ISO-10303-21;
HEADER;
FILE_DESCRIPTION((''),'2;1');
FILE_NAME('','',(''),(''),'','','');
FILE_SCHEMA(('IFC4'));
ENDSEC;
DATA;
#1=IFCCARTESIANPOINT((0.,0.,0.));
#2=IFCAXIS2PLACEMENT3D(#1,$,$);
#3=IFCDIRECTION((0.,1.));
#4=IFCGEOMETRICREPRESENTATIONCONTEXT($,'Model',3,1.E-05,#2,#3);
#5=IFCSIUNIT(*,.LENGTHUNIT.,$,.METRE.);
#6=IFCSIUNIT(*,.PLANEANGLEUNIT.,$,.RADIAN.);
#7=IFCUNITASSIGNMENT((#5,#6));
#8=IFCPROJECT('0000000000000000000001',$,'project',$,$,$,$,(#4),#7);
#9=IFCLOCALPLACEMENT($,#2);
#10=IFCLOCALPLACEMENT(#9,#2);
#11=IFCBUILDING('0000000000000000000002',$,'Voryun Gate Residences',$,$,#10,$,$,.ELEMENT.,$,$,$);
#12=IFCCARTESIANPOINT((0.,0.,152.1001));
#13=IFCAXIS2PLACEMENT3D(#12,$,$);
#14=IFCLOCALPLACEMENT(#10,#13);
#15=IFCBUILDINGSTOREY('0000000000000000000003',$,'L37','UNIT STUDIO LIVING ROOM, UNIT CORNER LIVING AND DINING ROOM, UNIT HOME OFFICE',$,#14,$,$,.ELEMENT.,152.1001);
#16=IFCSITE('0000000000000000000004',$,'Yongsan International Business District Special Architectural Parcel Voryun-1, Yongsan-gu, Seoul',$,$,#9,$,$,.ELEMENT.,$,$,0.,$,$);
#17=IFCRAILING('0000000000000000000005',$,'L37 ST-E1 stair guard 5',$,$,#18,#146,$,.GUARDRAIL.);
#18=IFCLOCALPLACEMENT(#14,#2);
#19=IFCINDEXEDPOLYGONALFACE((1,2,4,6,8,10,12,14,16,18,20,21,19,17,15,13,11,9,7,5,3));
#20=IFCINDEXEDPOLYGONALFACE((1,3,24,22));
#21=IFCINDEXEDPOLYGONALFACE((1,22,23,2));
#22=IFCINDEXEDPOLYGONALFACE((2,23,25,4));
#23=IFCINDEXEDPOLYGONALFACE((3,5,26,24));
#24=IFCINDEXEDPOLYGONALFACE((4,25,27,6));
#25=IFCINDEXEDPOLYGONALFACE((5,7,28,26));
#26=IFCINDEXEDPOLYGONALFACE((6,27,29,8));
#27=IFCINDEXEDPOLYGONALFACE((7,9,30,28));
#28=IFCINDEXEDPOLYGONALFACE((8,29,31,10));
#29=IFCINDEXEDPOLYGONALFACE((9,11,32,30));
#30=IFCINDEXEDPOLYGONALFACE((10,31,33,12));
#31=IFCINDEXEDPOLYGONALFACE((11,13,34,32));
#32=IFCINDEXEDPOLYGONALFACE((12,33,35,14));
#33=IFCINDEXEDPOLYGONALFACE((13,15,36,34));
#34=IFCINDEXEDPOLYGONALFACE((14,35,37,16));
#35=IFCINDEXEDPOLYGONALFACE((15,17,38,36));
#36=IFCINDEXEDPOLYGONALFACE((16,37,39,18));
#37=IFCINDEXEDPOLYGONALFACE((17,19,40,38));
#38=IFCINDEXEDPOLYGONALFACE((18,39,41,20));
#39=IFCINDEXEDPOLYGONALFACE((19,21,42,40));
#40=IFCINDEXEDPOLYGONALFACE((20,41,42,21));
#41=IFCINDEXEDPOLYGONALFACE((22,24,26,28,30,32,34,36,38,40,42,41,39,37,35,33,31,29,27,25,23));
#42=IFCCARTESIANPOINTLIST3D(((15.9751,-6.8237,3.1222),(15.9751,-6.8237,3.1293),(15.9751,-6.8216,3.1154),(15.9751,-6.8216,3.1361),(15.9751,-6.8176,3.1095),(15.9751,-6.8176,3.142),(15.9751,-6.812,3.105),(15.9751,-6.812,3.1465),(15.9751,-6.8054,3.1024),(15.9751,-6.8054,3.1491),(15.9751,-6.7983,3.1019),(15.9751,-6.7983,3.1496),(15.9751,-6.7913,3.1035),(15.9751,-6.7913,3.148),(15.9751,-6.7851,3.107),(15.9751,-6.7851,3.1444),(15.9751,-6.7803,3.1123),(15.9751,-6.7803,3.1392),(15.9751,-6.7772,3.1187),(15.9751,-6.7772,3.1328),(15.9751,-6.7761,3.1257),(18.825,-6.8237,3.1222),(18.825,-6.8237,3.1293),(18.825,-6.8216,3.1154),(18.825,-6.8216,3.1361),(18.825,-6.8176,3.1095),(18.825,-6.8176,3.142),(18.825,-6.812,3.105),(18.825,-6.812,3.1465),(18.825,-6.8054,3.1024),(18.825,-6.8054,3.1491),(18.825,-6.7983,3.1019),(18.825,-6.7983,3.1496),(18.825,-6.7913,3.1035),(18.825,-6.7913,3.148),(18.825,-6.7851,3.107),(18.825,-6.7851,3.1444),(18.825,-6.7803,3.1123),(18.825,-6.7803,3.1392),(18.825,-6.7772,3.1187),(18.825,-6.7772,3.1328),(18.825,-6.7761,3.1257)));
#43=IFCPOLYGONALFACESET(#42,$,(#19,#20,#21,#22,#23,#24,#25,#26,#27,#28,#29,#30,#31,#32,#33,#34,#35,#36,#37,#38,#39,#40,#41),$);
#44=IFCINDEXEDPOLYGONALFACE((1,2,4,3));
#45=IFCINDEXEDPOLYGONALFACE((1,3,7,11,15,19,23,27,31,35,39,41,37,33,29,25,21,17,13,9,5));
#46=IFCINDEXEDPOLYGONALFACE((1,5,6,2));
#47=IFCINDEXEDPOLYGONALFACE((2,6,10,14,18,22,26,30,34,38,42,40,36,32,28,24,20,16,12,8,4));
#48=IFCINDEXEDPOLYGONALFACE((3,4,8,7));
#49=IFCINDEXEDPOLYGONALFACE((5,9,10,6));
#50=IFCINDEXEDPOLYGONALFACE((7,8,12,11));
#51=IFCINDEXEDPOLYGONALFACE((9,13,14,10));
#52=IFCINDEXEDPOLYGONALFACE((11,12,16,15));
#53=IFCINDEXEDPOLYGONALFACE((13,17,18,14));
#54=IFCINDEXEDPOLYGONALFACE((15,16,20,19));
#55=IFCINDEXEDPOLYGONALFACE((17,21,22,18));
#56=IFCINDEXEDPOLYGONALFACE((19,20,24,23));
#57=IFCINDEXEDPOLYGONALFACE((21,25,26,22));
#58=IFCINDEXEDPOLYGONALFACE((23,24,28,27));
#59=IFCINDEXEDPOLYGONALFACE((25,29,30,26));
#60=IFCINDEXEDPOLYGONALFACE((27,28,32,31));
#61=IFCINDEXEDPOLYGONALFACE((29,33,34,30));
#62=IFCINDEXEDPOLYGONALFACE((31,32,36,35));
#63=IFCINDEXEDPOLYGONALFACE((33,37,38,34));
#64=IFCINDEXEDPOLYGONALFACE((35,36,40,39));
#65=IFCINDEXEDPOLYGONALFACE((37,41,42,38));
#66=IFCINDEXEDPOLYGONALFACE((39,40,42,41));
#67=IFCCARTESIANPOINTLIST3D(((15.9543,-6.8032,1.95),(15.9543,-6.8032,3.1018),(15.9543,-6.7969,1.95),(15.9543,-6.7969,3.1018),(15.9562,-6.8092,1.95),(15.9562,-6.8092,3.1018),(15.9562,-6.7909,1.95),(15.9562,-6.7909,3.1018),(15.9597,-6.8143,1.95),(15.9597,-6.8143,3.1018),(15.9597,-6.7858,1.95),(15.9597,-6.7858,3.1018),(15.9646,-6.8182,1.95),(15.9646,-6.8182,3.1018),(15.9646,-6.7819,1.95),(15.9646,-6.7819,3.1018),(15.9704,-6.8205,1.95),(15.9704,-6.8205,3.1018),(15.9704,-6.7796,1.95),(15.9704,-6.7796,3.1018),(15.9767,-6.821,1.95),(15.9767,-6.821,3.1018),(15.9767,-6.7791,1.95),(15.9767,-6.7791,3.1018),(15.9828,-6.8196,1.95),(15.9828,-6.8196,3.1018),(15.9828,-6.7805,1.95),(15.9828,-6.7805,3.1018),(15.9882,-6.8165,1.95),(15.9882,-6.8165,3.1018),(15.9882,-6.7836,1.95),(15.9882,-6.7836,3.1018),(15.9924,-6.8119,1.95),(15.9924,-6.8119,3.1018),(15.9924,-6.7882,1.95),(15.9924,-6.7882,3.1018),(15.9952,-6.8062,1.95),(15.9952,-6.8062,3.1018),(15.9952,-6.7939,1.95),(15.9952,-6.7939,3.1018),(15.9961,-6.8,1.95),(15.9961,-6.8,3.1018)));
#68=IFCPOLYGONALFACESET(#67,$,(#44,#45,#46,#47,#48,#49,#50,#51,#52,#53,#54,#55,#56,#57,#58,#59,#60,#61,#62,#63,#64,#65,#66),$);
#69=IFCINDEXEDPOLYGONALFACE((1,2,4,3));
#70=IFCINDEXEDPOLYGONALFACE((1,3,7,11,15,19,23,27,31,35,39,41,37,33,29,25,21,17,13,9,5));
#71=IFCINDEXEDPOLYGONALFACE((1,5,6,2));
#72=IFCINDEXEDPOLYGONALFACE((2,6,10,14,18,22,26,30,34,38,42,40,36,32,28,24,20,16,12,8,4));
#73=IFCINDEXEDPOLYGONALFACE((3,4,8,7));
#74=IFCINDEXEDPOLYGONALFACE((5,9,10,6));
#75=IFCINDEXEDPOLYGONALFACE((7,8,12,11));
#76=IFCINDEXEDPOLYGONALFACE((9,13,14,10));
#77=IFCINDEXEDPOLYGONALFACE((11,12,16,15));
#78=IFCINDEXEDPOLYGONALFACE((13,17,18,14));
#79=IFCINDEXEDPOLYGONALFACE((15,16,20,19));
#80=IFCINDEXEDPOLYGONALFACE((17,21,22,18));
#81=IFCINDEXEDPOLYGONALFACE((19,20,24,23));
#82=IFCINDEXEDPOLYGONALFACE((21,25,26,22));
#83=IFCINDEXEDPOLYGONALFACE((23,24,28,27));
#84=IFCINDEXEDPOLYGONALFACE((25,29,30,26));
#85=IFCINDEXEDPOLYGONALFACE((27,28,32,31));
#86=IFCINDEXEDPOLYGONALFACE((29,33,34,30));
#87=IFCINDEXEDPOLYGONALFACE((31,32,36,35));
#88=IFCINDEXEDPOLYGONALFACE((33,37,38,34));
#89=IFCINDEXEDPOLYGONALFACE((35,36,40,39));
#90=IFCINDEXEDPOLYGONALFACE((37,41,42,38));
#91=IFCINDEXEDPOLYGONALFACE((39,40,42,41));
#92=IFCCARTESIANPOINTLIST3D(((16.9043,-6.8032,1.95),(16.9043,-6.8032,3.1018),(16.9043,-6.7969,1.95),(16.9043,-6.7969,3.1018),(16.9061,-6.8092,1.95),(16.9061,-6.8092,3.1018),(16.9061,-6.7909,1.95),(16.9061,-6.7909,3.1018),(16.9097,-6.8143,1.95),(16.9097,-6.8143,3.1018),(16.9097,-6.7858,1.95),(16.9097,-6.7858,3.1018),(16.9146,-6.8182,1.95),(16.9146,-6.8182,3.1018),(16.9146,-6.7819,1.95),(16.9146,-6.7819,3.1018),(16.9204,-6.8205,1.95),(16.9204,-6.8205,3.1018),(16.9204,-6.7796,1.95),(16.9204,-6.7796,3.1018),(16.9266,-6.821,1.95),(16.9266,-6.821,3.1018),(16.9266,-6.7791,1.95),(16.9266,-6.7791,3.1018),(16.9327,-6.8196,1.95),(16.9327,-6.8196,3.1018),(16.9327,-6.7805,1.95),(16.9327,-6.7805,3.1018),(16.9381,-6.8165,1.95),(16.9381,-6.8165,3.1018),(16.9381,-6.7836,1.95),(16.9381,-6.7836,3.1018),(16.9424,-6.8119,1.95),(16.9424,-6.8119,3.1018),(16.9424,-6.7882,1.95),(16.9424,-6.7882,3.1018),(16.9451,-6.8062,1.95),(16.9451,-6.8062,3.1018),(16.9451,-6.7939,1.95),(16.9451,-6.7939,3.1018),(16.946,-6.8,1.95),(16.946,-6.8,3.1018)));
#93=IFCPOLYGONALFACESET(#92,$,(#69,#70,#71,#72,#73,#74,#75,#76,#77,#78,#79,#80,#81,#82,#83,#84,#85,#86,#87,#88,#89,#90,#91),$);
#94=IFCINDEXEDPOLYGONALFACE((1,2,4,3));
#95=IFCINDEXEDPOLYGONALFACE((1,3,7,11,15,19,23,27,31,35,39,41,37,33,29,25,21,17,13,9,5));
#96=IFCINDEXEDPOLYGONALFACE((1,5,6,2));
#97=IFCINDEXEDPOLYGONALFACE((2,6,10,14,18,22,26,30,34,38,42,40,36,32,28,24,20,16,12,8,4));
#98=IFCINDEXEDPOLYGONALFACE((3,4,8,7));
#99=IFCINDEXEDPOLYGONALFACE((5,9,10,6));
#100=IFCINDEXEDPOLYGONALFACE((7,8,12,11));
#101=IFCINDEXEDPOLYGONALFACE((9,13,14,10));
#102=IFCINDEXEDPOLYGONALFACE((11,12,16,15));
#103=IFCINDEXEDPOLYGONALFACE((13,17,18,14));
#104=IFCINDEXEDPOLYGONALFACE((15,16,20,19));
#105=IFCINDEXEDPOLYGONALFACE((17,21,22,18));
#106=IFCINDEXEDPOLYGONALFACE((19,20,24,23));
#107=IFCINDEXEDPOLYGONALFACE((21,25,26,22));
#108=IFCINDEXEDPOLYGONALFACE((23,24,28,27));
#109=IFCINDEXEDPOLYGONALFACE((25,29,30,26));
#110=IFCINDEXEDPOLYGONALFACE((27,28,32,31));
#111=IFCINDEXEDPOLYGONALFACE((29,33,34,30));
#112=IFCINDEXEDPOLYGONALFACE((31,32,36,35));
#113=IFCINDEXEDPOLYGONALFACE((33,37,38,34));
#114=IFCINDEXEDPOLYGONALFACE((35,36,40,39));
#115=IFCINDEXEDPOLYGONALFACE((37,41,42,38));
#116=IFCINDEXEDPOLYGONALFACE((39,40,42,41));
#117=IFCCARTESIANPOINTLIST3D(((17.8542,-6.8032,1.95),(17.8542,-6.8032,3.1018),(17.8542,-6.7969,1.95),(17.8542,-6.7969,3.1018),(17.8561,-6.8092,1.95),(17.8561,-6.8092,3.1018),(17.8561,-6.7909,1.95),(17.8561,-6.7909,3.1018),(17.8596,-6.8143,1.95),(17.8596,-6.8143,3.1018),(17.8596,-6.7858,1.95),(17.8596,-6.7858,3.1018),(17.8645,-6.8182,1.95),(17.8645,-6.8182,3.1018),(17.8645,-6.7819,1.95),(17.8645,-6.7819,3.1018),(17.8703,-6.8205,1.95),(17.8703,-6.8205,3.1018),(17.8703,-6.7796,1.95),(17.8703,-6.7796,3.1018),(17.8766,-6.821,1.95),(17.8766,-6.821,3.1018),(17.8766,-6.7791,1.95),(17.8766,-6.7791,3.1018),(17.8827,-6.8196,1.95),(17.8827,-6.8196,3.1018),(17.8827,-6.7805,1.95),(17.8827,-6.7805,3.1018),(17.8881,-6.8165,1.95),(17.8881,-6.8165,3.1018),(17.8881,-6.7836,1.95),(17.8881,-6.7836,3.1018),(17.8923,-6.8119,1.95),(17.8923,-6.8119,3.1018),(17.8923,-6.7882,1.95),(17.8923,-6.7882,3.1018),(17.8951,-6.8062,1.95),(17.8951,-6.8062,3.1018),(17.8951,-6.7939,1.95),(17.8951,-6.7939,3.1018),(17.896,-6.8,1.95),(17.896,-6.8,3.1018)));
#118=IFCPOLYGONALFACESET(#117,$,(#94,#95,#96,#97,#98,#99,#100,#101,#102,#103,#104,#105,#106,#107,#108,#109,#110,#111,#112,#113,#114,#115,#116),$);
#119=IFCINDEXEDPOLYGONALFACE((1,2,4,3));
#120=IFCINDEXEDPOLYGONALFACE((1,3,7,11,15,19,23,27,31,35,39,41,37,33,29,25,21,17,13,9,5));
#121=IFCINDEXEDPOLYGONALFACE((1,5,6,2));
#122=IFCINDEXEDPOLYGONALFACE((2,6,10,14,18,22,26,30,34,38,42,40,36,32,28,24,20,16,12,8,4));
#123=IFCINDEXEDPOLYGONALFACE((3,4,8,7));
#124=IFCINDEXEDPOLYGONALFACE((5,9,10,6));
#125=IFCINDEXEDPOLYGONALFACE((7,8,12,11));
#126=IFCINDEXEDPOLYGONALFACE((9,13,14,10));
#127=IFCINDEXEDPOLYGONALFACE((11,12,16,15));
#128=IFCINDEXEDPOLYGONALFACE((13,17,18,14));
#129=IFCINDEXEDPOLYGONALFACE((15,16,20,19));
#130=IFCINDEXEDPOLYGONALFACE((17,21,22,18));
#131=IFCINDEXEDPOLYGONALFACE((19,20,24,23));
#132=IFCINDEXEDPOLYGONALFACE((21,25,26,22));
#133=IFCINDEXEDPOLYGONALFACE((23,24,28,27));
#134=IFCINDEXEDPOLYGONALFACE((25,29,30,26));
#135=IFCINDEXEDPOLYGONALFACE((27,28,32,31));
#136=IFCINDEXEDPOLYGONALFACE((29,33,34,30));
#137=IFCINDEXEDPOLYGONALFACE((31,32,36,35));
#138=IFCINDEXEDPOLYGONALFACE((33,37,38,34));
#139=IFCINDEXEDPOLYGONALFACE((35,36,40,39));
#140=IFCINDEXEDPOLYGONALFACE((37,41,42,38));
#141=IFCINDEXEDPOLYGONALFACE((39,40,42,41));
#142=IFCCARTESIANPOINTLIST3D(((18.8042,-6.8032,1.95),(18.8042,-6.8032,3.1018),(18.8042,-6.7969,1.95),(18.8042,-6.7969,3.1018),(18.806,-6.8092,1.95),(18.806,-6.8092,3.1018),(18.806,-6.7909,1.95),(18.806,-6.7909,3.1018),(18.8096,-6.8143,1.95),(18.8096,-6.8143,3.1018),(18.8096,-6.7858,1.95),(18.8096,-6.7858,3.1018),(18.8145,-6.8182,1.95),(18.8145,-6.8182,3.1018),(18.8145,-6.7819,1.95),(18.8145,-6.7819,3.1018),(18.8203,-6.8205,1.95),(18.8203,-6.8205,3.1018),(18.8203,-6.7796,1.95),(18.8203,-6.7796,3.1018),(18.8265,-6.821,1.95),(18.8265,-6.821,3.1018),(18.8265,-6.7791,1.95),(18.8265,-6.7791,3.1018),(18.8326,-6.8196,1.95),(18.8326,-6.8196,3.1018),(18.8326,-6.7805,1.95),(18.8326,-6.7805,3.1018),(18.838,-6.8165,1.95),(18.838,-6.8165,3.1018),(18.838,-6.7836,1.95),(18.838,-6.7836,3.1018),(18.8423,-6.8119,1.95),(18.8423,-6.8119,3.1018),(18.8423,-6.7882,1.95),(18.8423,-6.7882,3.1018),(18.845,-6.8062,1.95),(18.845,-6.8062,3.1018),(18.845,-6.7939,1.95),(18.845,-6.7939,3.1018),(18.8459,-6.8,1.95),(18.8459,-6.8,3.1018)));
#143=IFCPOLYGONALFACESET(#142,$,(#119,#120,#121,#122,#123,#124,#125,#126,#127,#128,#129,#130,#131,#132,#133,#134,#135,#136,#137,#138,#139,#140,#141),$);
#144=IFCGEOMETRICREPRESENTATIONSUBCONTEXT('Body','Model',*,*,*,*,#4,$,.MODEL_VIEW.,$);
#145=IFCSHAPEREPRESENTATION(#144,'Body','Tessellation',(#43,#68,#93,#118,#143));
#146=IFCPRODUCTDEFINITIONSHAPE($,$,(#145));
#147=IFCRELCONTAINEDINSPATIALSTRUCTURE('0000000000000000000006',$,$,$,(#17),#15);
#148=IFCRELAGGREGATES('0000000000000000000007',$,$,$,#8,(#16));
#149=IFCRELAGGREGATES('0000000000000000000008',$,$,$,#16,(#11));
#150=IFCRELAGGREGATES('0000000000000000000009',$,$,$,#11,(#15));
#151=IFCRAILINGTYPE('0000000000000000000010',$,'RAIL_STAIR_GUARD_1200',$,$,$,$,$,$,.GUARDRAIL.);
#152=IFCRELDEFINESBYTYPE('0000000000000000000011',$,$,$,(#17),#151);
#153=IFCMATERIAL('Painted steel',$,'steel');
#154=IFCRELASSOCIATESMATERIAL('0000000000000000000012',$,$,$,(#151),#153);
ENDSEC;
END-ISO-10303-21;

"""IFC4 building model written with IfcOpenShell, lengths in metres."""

from ifc_helpers import new_model, si_unit, direction, frame, origin, origin_2d, place, context, subcontext, project, spatial, circle, extrude, material, type_object, element, save


model = new_model("IFC4")

# Units and contexts
model_context = context("Model", 3, precision=1e-05, world=origin(), true_north=direction((0.0, 1.0)))
body_context = subcontext(model_context, "Body", "Model", "MODEL_VIEW")
ifc_project = project(units=[si_unit("LENGTHUNIT", "METRE"), si_unit("PLANEANGLEUNIT", "RADIAN")], contexts=[model_context])

# Site, building, storey
site_placement = place(None, origin())
site = spatial("IfcSite", under=ifc_project, at=site_placement, Name="Yongsan International Business District Special Architectural Parcel Voryun-1, Yongsan-gu, Seoul", CompositionType="ELEMENT", RefElevation=0.0)
building_placement = place(site_placement, origin())
building = spatial("IfcBuilding", under=site, at=building_placement, Name="Voryun Gate Residences", CompositionType="ELEMENT")
storey_placement = place(building_placement, frame((0.0, 0.0, 152.1001)))
storey = spatial("IfcBuildingStorey", under=building, at=storey_placement, Name="L37", Description="UNIT STUDIO LIVING ROOM, UNIT CORNER LIVING AND DINING ROOM, UNIT HOME OFFICE", CompositionType="ELEMENT", Elevation=152.1001)

# Railing
ifc_material_1 = material(Name="Painted steel", Category="steel")
railing_type_1 = type_object("IfcRailingType", Name="RAIL_STAIR_GUARD_1200", PredefinedType="GUARDRAIL", material=ifc_material_1)
railing_1_placement = place(storey_placement, frame((15.9751, -6.8, 1.95)))
element("IfcRailing", 1, at=railing_1_placement, inside=storey, type_object=railing_type_1, Name="L37 ST-E1 stair guard 5", PredefinedType="GUARDRAIL", context=body_context, shape_type="SweptSolid", body=[
    extrude(circle(Radius=0.0239, at=origin_2d()), frame((0.0, 0.0, 1.1758), z_axis=(1.0, 0.0, 0.0), x_axis=(0.0, 1.0, 0.0)), (0.0, 0.0, 1.0), 2.8499),
    extrude(circle(Radius=0.021, at=origin_2d()), origin(), (0.0, 0.0, 1.0), 1.1519),
    extrude(circle(Radius=0.021, at=origin_2d()), frame((0.95, 0.0, 0.0)), (0.0, 0.0, 1.0), 1.1519),
    extrude(circle(Radius=0.021, at=origin_2d()), frame((1.8999, 0.0, 0.0)), (0.0, 0.0, 1.0), 1.1519),
    extrude(circle(Radius=0.021, at=origin_2d()), frame((2.8499, 0.0, 0.0)), (0.0, 0.0, 1.0), 1.1519),
])

save(model, "model.ifc")
